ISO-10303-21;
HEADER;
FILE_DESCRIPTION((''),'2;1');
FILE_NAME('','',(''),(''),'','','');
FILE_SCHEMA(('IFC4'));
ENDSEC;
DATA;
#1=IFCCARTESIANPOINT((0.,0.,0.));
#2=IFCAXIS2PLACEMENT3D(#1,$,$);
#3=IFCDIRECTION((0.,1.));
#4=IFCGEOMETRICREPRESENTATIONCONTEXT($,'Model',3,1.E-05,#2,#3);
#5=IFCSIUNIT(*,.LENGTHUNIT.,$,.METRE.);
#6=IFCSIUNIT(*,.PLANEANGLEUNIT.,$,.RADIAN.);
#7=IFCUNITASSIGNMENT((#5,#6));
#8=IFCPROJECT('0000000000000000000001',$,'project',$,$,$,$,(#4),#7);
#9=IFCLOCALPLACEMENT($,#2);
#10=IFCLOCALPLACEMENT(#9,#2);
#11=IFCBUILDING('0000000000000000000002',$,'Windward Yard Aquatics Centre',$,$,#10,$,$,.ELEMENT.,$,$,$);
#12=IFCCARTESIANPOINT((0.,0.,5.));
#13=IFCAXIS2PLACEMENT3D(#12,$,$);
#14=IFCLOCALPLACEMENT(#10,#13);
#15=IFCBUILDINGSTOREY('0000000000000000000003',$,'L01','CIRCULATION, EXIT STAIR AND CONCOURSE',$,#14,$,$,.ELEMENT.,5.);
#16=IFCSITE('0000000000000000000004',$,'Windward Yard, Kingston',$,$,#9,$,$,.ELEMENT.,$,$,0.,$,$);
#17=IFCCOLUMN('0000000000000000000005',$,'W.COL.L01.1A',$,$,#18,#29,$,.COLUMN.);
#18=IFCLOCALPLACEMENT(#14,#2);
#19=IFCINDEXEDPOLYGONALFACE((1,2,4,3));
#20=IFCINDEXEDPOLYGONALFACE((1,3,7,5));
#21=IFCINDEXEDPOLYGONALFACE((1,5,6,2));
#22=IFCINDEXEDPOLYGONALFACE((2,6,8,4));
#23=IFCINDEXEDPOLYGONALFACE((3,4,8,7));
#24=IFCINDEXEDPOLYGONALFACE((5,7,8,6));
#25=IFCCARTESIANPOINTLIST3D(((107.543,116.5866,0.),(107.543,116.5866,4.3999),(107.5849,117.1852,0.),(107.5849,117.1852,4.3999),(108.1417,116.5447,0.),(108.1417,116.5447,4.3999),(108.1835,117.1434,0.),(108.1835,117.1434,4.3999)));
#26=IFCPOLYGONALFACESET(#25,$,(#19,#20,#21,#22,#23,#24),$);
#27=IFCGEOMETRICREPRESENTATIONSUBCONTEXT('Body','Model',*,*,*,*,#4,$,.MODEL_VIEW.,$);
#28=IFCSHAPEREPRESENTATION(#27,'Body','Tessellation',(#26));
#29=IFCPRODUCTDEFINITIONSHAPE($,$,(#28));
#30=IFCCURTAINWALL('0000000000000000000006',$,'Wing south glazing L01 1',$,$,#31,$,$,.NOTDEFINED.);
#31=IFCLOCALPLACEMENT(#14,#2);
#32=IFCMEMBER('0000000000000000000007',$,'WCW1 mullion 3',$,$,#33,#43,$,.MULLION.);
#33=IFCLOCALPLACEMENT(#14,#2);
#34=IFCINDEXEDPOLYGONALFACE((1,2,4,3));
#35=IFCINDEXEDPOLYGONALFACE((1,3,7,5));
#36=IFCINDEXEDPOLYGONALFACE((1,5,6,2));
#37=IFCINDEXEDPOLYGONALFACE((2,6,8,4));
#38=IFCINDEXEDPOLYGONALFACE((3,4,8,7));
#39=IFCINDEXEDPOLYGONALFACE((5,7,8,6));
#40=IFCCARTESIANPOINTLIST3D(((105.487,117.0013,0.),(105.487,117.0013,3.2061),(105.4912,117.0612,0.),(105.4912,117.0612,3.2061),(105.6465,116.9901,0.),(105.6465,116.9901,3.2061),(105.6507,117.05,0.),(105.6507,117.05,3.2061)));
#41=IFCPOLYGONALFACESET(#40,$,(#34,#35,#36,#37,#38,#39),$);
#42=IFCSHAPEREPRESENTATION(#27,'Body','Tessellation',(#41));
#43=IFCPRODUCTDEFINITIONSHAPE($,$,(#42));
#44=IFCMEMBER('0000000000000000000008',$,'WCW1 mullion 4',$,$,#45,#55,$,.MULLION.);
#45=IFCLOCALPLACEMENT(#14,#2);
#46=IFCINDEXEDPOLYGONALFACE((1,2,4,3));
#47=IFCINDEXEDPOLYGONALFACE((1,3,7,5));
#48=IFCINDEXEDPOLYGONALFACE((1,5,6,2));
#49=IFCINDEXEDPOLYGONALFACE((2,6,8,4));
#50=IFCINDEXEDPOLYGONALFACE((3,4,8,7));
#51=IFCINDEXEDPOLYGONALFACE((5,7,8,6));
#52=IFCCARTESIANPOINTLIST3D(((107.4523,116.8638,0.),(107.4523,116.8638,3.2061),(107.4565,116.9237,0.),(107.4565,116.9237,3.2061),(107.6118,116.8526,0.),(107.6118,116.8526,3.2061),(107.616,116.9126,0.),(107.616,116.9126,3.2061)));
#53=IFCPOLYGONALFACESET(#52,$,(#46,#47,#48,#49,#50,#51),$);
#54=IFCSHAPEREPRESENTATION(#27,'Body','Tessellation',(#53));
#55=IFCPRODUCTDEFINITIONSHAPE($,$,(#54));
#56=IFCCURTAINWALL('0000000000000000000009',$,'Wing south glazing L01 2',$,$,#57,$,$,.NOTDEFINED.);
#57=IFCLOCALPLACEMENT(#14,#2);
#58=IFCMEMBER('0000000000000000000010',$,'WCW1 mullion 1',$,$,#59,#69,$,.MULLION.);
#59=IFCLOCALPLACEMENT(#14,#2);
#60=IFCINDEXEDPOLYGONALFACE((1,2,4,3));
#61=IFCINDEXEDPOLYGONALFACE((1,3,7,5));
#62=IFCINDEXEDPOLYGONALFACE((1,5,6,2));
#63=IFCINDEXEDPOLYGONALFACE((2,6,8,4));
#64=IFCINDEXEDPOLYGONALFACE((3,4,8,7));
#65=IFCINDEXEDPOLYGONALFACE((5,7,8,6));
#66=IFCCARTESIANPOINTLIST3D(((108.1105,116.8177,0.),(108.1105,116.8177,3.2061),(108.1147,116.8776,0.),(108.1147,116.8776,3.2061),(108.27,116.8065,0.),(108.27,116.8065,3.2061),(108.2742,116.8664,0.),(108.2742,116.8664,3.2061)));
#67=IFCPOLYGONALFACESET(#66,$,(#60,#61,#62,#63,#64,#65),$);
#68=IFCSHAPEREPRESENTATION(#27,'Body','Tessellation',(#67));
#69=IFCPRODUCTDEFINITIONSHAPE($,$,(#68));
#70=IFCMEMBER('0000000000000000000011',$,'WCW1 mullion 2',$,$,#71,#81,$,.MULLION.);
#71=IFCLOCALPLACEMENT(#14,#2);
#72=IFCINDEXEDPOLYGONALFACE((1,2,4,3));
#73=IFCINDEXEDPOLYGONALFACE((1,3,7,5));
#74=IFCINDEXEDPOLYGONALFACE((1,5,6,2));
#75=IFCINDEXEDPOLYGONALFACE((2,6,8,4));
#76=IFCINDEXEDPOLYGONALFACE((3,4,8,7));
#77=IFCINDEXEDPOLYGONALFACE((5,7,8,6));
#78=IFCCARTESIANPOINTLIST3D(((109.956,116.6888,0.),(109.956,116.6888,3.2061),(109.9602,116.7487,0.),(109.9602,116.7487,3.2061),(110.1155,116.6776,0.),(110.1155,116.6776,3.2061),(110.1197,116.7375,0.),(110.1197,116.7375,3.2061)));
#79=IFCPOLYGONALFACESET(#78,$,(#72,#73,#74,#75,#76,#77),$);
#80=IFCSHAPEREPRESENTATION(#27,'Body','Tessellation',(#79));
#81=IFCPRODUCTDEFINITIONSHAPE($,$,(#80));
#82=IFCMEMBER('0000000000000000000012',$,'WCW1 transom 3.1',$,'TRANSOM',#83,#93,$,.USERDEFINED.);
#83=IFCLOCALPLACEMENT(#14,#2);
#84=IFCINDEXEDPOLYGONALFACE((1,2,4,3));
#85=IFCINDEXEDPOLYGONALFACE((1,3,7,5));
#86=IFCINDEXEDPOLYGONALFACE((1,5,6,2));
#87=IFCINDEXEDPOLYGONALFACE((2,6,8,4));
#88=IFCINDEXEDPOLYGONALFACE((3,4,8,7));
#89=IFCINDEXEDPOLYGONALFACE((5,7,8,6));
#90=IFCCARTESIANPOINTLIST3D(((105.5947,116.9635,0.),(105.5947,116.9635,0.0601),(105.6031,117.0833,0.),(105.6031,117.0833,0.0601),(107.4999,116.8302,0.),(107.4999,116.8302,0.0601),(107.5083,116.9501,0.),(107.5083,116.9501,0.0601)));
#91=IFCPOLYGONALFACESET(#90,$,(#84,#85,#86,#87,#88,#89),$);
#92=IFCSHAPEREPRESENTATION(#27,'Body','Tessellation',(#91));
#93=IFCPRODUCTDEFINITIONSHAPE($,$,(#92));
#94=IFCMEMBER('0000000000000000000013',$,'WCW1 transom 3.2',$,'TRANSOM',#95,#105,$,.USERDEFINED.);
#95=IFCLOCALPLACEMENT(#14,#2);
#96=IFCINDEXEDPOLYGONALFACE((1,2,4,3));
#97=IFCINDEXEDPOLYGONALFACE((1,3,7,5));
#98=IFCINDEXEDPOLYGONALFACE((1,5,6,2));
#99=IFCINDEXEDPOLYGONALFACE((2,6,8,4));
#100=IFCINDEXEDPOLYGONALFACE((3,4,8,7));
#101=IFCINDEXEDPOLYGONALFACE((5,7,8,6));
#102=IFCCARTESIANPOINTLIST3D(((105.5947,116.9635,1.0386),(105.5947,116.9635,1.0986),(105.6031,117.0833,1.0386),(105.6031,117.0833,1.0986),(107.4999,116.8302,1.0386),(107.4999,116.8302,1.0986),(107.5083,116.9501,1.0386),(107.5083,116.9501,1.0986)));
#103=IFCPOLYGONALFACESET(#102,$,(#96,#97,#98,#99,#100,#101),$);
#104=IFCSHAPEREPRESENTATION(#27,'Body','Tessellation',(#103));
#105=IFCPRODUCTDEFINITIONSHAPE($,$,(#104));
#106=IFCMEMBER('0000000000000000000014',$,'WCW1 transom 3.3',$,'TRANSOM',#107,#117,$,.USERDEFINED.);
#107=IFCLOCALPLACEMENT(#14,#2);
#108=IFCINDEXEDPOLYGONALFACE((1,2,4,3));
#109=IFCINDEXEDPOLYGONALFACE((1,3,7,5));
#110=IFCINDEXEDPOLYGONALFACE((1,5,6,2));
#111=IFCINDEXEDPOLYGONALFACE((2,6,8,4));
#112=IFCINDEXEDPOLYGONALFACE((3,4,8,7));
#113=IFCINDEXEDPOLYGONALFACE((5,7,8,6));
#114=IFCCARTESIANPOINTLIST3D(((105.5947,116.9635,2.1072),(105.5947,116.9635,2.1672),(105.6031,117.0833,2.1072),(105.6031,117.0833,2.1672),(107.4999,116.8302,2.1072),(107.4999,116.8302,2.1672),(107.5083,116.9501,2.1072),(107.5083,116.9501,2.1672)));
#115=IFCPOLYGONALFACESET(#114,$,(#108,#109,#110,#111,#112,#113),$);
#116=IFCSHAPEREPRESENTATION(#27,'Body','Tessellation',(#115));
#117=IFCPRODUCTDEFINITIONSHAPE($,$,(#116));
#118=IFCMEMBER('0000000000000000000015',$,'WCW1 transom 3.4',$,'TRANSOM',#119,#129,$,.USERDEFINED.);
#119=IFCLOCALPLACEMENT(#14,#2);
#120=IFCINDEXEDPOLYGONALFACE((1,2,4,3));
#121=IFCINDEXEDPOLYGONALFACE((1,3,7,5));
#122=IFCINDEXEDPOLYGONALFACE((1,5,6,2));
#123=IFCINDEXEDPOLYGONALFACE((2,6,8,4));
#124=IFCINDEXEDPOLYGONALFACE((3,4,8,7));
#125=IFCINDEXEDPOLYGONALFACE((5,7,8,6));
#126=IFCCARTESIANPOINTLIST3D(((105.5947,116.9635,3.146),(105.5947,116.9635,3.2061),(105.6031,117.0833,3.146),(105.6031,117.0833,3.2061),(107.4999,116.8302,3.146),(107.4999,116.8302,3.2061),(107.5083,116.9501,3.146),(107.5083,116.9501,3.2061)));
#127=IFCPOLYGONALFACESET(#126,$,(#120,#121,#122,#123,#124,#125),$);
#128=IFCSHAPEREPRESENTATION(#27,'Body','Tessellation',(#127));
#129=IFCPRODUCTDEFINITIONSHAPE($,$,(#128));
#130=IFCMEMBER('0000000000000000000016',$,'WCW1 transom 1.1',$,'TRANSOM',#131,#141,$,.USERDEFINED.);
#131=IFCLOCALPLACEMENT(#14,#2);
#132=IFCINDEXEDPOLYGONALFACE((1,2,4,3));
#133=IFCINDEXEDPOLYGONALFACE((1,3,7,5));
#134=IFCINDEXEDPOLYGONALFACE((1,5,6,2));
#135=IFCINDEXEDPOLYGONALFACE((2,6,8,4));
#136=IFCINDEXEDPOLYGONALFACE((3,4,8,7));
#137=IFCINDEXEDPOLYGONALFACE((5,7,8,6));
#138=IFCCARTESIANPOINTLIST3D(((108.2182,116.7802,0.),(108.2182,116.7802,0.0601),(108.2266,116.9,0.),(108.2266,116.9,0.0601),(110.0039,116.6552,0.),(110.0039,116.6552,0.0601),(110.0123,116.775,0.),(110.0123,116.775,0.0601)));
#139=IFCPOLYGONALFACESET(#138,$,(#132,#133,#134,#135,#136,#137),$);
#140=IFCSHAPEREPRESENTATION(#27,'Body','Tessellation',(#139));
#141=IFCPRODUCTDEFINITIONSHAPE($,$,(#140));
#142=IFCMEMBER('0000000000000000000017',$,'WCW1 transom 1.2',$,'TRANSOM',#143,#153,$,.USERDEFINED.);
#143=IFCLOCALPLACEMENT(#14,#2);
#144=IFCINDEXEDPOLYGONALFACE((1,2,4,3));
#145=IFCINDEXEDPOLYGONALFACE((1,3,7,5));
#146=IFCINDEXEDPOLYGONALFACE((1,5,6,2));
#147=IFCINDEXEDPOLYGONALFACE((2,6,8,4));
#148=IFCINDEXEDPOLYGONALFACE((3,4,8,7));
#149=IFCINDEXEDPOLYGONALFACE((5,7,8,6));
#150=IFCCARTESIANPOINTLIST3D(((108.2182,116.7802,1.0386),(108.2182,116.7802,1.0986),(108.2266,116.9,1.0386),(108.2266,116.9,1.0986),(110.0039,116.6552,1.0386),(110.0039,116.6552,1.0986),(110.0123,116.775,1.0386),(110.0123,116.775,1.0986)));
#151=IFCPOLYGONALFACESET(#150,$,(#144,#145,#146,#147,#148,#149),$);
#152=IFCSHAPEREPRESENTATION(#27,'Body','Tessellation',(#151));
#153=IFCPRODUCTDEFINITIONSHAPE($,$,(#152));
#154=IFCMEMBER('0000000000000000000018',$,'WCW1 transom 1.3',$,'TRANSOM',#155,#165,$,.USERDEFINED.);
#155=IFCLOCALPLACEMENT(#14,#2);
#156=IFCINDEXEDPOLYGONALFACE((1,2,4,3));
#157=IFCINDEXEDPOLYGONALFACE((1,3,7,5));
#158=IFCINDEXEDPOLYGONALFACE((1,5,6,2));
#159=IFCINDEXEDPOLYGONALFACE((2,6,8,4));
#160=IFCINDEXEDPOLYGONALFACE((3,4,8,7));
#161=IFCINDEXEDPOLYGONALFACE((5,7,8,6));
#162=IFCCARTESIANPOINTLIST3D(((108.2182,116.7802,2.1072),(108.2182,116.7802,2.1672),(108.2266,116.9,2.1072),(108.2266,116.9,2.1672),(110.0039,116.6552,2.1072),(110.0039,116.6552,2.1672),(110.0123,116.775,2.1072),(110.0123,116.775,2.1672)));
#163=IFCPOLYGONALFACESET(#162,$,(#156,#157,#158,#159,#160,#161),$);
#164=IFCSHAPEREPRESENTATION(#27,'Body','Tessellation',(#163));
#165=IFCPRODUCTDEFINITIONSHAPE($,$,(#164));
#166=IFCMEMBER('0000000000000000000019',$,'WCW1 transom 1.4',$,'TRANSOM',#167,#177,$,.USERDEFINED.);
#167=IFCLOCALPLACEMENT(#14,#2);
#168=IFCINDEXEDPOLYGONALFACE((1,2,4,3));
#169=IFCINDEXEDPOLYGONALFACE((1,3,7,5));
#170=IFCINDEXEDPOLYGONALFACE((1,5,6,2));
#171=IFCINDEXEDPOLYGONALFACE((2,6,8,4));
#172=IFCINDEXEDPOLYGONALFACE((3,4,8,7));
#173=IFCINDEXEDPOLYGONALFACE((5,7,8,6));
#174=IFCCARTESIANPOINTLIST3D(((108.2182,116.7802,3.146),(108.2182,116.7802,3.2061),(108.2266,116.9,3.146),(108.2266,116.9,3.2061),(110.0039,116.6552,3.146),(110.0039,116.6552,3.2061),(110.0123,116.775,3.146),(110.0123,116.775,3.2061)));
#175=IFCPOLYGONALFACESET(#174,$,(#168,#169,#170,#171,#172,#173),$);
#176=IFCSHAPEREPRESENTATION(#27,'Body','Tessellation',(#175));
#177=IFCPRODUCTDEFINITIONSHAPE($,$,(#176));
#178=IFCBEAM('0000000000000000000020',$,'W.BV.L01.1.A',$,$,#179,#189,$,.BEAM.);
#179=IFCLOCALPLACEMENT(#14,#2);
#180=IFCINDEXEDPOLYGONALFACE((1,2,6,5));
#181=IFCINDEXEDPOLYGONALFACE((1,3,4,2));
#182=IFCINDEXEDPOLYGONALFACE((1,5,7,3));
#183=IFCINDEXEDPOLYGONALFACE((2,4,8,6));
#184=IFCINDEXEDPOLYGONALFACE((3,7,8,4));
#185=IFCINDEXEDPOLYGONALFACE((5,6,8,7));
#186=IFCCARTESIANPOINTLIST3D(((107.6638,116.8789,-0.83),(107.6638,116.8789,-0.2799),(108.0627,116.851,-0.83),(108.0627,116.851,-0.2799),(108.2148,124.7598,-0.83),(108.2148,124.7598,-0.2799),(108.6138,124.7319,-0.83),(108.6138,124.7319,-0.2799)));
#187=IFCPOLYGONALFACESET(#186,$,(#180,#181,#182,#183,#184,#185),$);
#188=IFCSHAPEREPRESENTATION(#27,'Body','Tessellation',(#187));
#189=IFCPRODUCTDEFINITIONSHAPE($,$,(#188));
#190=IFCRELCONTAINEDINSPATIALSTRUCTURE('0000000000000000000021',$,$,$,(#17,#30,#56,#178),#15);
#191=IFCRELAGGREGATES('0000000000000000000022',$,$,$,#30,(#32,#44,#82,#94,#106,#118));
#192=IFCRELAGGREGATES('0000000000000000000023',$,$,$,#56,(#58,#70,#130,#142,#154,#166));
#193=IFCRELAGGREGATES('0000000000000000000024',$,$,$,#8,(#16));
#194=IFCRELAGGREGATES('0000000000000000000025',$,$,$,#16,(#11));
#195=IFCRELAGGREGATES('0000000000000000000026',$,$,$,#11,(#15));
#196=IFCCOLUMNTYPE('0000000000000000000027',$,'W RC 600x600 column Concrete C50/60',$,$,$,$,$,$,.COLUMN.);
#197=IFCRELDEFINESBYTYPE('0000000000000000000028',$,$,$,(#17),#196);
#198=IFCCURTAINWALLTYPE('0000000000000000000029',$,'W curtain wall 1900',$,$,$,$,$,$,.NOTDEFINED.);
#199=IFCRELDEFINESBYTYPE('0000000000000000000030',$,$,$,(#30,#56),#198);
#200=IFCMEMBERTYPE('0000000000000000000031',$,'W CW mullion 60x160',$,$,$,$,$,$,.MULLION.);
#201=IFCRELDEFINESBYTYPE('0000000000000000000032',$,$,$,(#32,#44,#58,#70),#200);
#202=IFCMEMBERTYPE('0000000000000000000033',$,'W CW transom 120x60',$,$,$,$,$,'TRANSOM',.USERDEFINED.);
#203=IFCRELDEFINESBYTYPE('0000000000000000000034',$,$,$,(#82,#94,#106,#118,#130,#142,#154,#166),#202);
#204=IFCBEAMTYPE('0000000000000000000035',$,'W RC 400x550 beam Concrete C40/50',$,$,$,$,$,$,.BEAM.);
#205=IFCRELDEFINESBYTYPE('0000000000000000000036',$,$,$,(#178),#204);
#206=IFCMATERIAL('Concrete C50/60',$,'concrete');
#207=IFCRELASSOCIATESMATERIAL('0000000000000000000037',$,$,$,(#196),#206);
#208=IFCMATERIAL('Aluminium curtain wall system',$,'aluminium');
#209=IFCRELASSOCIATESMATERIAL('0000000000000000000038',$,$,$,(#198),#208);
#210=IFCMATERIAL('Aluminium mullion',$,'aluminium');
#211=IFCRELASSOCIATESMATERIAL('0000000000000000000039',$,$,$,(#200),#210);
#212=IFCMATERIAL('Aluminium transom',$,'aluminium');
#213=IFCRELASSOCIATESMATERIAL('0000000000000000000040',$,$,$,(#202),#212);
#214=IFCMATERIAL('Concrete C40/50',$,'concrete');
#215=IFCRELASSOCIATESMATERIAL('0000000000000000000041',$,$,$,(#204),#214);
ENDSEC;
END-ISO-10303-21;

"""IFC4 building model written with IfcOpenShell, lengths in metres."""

from ifc_helpers import new_model, si_unit, direction, frame, origin, origin_2d, place, context, subcontext, project, spatial, rectangle, extrude, material, material_profile, profile_set, type_object, element, aggregate, save


model = new_model("IFC4")

# Units and contexts
model_context = context("Model", 3, precision=1e-05, world=origin(), true_north=direction((0.0, 1.0)))
body_context = subcontext(model_context, "Body", "Model", "MODEL_VIEW")
ifc_project = project(units=[si_unit("LENGTHUNIT", "METRE"), si_unit("PLANEANGLEUNIT", "RADIAN")], contexts=[model_context])

# Site, building, storey
site_placement = place(None, origin())
site = spatial("IfcSite", under=ifc_project, at=site_placement, Name="Windward Yard, Kingston", CompositionType="ELEMENT", RefElevation=0.0)
building_placement = place(site_placement, origin())
building = spatial("IfcBuilding", under=site, at=building_placement, Name="Windward Yard Aquatics Centre", CompositionType="ELEMENT")
storey_placement = place(building_placement, frame((0.0, 0.0, 5.0)))
storey = spatial("IfcBuildingStorey", under=building, at=storey_placement, Name="L01", Description="CIRCULATION, EXIT STAIR AND CONCOURSE", CompositionType="ELEMENT", Elevation=5.0)

# Column
ifc_material_1 = material(Name="Concrete C50/60", Category="concrete")
ifc_material_profile_1 = material_profile(ifc_material_1, rectangle(XDim=0.6001, YDim=0.6001, at=origin_2d()), Name="RC 600x600")
ifc_profile_set_1 = profile_set([ifc_material_profile_1], Name="Concrete C50/60")
column_type = type_object("IfcColumnType", Name="W RC 600x600 column Concrete C50/60", PredefinedType="COLUMN", material=ifc_profile_set_1)
column_placement = place(storey_placement, frame((107.8633, 116.865, 0.0), z_axis=(0.0, 0.0, 1.0), x_axis=(0.997564, -0.069756, 0.0)))
element("IfcColumn", 1, at=column_placement, inside=storey, type_object=column_type, Name="W.COL.L01.1A", PredefinedType="COLUMN", context=body_context, shape_type="SweptSolid", body=[
    extrude(rectangle(XDim=0.6001, YDim=0.6001, at=origin_2d()), origin(), (0.0, 0.0, 1.0), 4.3999),
])

# Curtain walls, members
ifc_material_2 = material(Name="Aluminium curtain wall system", Category="aluminium")
curtain_wall_type = type_object("IfcCurtainWallType", Name="W curtain wall 1900", PredefinedType="NOTDEFINED", material=ifc_material_2)
curtain_wall_1_placement = place(storey_placement, origin())
curtain_wall_1 = element("IfcCurtainWall", 2, at=curtain_wall_1_placement, inside=storey, type_object=curtain_wall_type, Name="Wing south glazing L01 1", PredefinedType="NOTDEFINED")
ifc_material_3 = material(Name="Aluminium mullion", Category="aluminium")
ifc_material_profile_2 = material_profile(ifc_material_3, rectangle(XDim=0.0601, YDim=0.1599, at=origin_2d()), Name="AL 60x160")
ifc_profile_set_2 = profile_set([ifc_material_profile_2], Name="Aluminium mullion")
member_type_1 = type_object("IfcMemberType", Name="W CW mullion 60x160", PredefinedType="MULLION", material=ifc_profile_set_2)
member_1_placement = place(storey_placement, frame((105.5688, 117.0256, 0.0), z_axis=(0.0, 0.0, 1.0), x_axis=(0.069766, 0.997563, 0.0)))
member_1 = element("IfcMember", 3, at=member_1_placement, type_object=member_type_1, Name="WCW1 mullion 3", PredefinedType="MULLION", context=body_context, shape_type="SweptSolid", body=[
    extrude(rectangle(XDim=0.0601, YDim=0.1599, at=origin_2d()), origin(), (0.0, 0.0, 1.0), 3.2061),
])
member_2_placement = place(storey_placement, frame((107.5342, 116.8882, 0.0), z_axis=(0.0, 0.0, 1.0), x_axis=(0.069766, 0.997563, 0.0)))
member_2 = element("IfcMember", 4, at=member_2_placement, type_object=member_type_1, Name="WCW1 mullion 4", PredefinedType="MULLION", context=body_context, shape_type="SweptSolid", body=[
    extrude(rectangle(XDim=0.0601, YDim=0.1599, at=origin_2d()), origin(), (0.0, 0.0, 1.0), 3.2061),
])
curtain_wall_2_placement = place(storey_placement, origin())
curtain_wall_2 = element("IfcCurtainWall", 5, at=curtain_wall_2_placement, inside=storey, type_object=curtain_wall_type, Name="Wing south glazing L01 2", PredefinedType="NOTDEFINED")
member_3_placement = place(storey_placement, frame((108.1924, 116.842, 0.0), z_axis=(0.0, 0.0, 1.0), x_axis=(0.069755, 0.997564, 0.0)))
member_3 = element("IfcMember", 6, at=member_3_placement, type_object=member_type_1, Name="WCW1 mullion 1", PredefinedType="MULLION", context=body_context, shape_type="SweptSolid", body=[
    extrude(rectangle(XDim=0.0601, YDim=0.1599, at=origin_2d()), origin(), (0.0, 0.0, 1.0), 3.2061),
])
member_4_placement = place(storey_placement, frame((110.0378, 116.7131, 0.0), z_axis=(0.0, 0.0, 1.0), x_axis=(0.069755, 0.997564, 0.0)))
member_4 = element("IfcMember", 7, at=member_4_placement, type_object=member_type_1, Name="WCW1 mullion 2", PredefinedType="MULLION", context=body_context, shape_type="SweptSolid", body=[
    extrude(rectangle(XDim=0.0601, YDim=0.1599, at=origin_2d()), origin(), (0.0, 0.0, 1.0), 3.2061),
])

# Members
ifc_material_4 = material(Name="Aluminium transom", Category="aluminium")
ifc_material_profile_3 = material_profile(ifc_material_4, rectangle(XDim=0.1201, YDim=0.0601, at=origin_2d()), Name="AL 120x60")
ifc_profile_set_3 = profile_set([ifc_material_profile_3], Name="Aluminium transom")
member_type_2 = type_object("IfcMemberType", Name="W CW transom 120x60", ElementType="TRANSOM", PredefinedType="USERDEFINED", material=ifc_profile_set_3)
member_5_placement = place(storey_placement, frame((105.5989, 117.0234, 0.03), z_axis=(0.997561, -0.069794, 0.0), x_axis=(0.069794, 0.997561, 0.0)))
member_5 = element("IfcMember", 8, at=member_5_placement, type_object=member_type_2, Name="WCW1 transom 3.1", ObjectType="TRANSOM", PredefinedType="USERDEFINED", context=body_context, shape_type="SweptSolid", body=[
    extrude(rectangle(XDim=0.1201, YDim=0.0601, at=origin_2d()), origin(), (0.0, 0.0, 1.0), 1.9099),
])
member_6_placement = place(storey_placement, frame((105.5989, 117.0234, 1.0686), z_axis=(0.997561, -0.069794, 0.0), x_axis=(0.069794, 0.997561, 0.0)))
member_6 = element("IfcMember", 9, at=member_6_placement, type_object=member_type_2, Name="WCW1 transom 3.2", ObjectType="TRANSOM", PredefinedType="USERDEFINED", context=body_context, shape_type="SweptSolid", body=[
    extrude(rectangle(XDim=0.1201, YDim=0.0601, at=origin_2d()), origin(), (0.0, 0.0, 1.0), 1.9099),
])
member_7_placement = place(storey_placement, frame((105.5989, 117.0234, 2.1372), z_axis=(0.997561, -0.069794, 0.0), x_axis=(0.069794, 0.997561, 0.0)))
member_7 = element("IfcMember", 10, at=member_7_placement, type_object=member_type_2, Name="WCW1 transom 3.3", ObjectType="TRANSOM", PredefinedType="USERDEFINED", context=body_context, shape_type="SweptSolid", body=[
    extrude(rectangle(XDim=0.1201, YDim=0.0601, at=origin_2d()), origin(), (0.0, 0.0, 1.0), 1.9099),
])
member_8_placement = place(storey_placement, frame((105.5989, 117.0234, 3.176), z_axis=(0.997561, -0.069794, 0.0), x_axis=(0.069794, 0.997561, 0.0)))
member_8 = element("IfcMember", 11, at=member_8_placement, type_object=member_type_2, Name="WCW1 transom 3.4", ObjectType="TRANSOM", PredefinedType="USERDEFINED", context=body_context, shape_type="SweptSolid", body=[
    extrude(rectangle(XDim=0.1201, YDim=0.0601, at=origin_2d()), origin(), (0.0, 0.0, 1.0), 1.9099),
])
member_9_placement = place(storey_placement, frame((108.2224, 116.8401, 0.03), z_axis=(0.997559, -0.069832, 0.0), x_axis=(0.069832, 0.997559, 0.0)))
member_9 = element("IfcMember", 12, at=member_9_placement, type_object=member_type_2, Name="WCW1 transom 1.1", ObjectType="TRANSOM", PredefinedType="USERDEFINED", context=body_context, shape_type="SweptSolid", body=[
    extrude(rectangle(XDim=0.1201, YDim=0.0601, at=origin_2d()), origin(), (0.0, 0.0, 1.0), 1.79),
])
member_10_placement = place(storey_placement, frame((108.2224, 116.8401, 1.0686), z_axis=(0.997559, -0.069832, 0.0), x_axis=(0.069832, 0.997559, 0.0)))
member_10 = element("IfcMember", 13, at=member_10_placement, type_object=member_type_2, Name="WCW1 transom 1.2", ObjectType="TRANSOM", PredefinedType="USERDEFINED", context=body_context, shape_type="SweptSolid", body=[
    extrude(rectangle(XDim=0.1201, YDim=0.0601, at=origin_2d()), origin(), (0.0, 0.0, 1.0), 1.79),
])
member_11_placement = place(storey_placement, frame((108.2224, 116.8401, 2.1372), z_axis=(0.997559, -0.069832, 0.0), x_axis=(0.069832, 0.997559, 0.0)))
member_11 = element("IfcMember", 14, at=member_11_placement, type_object=member_type_2, Name="WCW1 transom 1.3", ObjectType="TRANSOM", PredefinedType="USERDEFINED", context=body_context, shape_type="SweptSolid", body=[
    extrude(rectangle(XDim=0.1201, YDim=0.0601, at=origin_2d()), origin(), (0.0, 0.0, 1.0), 1.79),
])
member_12_placement = place(storey_placement, frame((108.2224, 116.8401, 3.176), z_axis=(0.997559, -0.069832, 0.0), x_axis=(0.069832, 0.997559, 0.0)))
member_12 = element("IfcMember", 15, at=member_12_placement, type_object=member_type_2, Name="WCW1 transom 1.4", ObjectType="TRANSOM", PredefinedType="USERDEFINED", context=body_context, shape_type="SweptSolid", body=[
    extrude(rectangle(XDim=0.1201, YDim=0.0601, at=origin_2d()), origin(), (0.0, 0.0, 1.0), 1.79),
])

# Beam
ifc_material_5 = material(Name="Concrete C40/50", Category="concrete")
ifc_material_profile_4 = material_profile(ifc_material_5, rectangle(XDim=0.3999, YDim=0.55, at=origin_2d()), Name="RC 400x550")
ifc_profile_set_4 = profile_set([ifc_material_profile_4], Name="Concrete C40/50")
beam_type_1 = type_object("IfcBeamType", Name="W RC 400x550 beam Concrete C40/50", PredefinedType="BEAM", material=ifc_profile_set_4)
beam_1_placement = place(storey_placement, frame((107.8633, 116.865, -0.5549), z_axis=(0.069749, 0.997565, 0.0), x_axis=(-0.997565, 0.069749, 0.0)))
element("IfcBeam", 16, at=beam_1_placement, inside=storey, type_object=beam_type_1, Name="W.BV.L01.1.A", PredefinedType="BEAM", context=body_context, shape_type="SweptSolid", body=[
    extrude(rectangle(XDim=0.3999, YDim=0.55, at=origin_2d()), origin(), (0.0, 0.0, 1.0), 7.9001),
])

aggregate(curtain_wall_1, [member_1, member_2, member_5, member_6, member_7, member_8])
aggregate(curtain_wall_2, [member_3, member_4, member_9, member_10, member_11, member_12])

save(model, "model.ifc")
